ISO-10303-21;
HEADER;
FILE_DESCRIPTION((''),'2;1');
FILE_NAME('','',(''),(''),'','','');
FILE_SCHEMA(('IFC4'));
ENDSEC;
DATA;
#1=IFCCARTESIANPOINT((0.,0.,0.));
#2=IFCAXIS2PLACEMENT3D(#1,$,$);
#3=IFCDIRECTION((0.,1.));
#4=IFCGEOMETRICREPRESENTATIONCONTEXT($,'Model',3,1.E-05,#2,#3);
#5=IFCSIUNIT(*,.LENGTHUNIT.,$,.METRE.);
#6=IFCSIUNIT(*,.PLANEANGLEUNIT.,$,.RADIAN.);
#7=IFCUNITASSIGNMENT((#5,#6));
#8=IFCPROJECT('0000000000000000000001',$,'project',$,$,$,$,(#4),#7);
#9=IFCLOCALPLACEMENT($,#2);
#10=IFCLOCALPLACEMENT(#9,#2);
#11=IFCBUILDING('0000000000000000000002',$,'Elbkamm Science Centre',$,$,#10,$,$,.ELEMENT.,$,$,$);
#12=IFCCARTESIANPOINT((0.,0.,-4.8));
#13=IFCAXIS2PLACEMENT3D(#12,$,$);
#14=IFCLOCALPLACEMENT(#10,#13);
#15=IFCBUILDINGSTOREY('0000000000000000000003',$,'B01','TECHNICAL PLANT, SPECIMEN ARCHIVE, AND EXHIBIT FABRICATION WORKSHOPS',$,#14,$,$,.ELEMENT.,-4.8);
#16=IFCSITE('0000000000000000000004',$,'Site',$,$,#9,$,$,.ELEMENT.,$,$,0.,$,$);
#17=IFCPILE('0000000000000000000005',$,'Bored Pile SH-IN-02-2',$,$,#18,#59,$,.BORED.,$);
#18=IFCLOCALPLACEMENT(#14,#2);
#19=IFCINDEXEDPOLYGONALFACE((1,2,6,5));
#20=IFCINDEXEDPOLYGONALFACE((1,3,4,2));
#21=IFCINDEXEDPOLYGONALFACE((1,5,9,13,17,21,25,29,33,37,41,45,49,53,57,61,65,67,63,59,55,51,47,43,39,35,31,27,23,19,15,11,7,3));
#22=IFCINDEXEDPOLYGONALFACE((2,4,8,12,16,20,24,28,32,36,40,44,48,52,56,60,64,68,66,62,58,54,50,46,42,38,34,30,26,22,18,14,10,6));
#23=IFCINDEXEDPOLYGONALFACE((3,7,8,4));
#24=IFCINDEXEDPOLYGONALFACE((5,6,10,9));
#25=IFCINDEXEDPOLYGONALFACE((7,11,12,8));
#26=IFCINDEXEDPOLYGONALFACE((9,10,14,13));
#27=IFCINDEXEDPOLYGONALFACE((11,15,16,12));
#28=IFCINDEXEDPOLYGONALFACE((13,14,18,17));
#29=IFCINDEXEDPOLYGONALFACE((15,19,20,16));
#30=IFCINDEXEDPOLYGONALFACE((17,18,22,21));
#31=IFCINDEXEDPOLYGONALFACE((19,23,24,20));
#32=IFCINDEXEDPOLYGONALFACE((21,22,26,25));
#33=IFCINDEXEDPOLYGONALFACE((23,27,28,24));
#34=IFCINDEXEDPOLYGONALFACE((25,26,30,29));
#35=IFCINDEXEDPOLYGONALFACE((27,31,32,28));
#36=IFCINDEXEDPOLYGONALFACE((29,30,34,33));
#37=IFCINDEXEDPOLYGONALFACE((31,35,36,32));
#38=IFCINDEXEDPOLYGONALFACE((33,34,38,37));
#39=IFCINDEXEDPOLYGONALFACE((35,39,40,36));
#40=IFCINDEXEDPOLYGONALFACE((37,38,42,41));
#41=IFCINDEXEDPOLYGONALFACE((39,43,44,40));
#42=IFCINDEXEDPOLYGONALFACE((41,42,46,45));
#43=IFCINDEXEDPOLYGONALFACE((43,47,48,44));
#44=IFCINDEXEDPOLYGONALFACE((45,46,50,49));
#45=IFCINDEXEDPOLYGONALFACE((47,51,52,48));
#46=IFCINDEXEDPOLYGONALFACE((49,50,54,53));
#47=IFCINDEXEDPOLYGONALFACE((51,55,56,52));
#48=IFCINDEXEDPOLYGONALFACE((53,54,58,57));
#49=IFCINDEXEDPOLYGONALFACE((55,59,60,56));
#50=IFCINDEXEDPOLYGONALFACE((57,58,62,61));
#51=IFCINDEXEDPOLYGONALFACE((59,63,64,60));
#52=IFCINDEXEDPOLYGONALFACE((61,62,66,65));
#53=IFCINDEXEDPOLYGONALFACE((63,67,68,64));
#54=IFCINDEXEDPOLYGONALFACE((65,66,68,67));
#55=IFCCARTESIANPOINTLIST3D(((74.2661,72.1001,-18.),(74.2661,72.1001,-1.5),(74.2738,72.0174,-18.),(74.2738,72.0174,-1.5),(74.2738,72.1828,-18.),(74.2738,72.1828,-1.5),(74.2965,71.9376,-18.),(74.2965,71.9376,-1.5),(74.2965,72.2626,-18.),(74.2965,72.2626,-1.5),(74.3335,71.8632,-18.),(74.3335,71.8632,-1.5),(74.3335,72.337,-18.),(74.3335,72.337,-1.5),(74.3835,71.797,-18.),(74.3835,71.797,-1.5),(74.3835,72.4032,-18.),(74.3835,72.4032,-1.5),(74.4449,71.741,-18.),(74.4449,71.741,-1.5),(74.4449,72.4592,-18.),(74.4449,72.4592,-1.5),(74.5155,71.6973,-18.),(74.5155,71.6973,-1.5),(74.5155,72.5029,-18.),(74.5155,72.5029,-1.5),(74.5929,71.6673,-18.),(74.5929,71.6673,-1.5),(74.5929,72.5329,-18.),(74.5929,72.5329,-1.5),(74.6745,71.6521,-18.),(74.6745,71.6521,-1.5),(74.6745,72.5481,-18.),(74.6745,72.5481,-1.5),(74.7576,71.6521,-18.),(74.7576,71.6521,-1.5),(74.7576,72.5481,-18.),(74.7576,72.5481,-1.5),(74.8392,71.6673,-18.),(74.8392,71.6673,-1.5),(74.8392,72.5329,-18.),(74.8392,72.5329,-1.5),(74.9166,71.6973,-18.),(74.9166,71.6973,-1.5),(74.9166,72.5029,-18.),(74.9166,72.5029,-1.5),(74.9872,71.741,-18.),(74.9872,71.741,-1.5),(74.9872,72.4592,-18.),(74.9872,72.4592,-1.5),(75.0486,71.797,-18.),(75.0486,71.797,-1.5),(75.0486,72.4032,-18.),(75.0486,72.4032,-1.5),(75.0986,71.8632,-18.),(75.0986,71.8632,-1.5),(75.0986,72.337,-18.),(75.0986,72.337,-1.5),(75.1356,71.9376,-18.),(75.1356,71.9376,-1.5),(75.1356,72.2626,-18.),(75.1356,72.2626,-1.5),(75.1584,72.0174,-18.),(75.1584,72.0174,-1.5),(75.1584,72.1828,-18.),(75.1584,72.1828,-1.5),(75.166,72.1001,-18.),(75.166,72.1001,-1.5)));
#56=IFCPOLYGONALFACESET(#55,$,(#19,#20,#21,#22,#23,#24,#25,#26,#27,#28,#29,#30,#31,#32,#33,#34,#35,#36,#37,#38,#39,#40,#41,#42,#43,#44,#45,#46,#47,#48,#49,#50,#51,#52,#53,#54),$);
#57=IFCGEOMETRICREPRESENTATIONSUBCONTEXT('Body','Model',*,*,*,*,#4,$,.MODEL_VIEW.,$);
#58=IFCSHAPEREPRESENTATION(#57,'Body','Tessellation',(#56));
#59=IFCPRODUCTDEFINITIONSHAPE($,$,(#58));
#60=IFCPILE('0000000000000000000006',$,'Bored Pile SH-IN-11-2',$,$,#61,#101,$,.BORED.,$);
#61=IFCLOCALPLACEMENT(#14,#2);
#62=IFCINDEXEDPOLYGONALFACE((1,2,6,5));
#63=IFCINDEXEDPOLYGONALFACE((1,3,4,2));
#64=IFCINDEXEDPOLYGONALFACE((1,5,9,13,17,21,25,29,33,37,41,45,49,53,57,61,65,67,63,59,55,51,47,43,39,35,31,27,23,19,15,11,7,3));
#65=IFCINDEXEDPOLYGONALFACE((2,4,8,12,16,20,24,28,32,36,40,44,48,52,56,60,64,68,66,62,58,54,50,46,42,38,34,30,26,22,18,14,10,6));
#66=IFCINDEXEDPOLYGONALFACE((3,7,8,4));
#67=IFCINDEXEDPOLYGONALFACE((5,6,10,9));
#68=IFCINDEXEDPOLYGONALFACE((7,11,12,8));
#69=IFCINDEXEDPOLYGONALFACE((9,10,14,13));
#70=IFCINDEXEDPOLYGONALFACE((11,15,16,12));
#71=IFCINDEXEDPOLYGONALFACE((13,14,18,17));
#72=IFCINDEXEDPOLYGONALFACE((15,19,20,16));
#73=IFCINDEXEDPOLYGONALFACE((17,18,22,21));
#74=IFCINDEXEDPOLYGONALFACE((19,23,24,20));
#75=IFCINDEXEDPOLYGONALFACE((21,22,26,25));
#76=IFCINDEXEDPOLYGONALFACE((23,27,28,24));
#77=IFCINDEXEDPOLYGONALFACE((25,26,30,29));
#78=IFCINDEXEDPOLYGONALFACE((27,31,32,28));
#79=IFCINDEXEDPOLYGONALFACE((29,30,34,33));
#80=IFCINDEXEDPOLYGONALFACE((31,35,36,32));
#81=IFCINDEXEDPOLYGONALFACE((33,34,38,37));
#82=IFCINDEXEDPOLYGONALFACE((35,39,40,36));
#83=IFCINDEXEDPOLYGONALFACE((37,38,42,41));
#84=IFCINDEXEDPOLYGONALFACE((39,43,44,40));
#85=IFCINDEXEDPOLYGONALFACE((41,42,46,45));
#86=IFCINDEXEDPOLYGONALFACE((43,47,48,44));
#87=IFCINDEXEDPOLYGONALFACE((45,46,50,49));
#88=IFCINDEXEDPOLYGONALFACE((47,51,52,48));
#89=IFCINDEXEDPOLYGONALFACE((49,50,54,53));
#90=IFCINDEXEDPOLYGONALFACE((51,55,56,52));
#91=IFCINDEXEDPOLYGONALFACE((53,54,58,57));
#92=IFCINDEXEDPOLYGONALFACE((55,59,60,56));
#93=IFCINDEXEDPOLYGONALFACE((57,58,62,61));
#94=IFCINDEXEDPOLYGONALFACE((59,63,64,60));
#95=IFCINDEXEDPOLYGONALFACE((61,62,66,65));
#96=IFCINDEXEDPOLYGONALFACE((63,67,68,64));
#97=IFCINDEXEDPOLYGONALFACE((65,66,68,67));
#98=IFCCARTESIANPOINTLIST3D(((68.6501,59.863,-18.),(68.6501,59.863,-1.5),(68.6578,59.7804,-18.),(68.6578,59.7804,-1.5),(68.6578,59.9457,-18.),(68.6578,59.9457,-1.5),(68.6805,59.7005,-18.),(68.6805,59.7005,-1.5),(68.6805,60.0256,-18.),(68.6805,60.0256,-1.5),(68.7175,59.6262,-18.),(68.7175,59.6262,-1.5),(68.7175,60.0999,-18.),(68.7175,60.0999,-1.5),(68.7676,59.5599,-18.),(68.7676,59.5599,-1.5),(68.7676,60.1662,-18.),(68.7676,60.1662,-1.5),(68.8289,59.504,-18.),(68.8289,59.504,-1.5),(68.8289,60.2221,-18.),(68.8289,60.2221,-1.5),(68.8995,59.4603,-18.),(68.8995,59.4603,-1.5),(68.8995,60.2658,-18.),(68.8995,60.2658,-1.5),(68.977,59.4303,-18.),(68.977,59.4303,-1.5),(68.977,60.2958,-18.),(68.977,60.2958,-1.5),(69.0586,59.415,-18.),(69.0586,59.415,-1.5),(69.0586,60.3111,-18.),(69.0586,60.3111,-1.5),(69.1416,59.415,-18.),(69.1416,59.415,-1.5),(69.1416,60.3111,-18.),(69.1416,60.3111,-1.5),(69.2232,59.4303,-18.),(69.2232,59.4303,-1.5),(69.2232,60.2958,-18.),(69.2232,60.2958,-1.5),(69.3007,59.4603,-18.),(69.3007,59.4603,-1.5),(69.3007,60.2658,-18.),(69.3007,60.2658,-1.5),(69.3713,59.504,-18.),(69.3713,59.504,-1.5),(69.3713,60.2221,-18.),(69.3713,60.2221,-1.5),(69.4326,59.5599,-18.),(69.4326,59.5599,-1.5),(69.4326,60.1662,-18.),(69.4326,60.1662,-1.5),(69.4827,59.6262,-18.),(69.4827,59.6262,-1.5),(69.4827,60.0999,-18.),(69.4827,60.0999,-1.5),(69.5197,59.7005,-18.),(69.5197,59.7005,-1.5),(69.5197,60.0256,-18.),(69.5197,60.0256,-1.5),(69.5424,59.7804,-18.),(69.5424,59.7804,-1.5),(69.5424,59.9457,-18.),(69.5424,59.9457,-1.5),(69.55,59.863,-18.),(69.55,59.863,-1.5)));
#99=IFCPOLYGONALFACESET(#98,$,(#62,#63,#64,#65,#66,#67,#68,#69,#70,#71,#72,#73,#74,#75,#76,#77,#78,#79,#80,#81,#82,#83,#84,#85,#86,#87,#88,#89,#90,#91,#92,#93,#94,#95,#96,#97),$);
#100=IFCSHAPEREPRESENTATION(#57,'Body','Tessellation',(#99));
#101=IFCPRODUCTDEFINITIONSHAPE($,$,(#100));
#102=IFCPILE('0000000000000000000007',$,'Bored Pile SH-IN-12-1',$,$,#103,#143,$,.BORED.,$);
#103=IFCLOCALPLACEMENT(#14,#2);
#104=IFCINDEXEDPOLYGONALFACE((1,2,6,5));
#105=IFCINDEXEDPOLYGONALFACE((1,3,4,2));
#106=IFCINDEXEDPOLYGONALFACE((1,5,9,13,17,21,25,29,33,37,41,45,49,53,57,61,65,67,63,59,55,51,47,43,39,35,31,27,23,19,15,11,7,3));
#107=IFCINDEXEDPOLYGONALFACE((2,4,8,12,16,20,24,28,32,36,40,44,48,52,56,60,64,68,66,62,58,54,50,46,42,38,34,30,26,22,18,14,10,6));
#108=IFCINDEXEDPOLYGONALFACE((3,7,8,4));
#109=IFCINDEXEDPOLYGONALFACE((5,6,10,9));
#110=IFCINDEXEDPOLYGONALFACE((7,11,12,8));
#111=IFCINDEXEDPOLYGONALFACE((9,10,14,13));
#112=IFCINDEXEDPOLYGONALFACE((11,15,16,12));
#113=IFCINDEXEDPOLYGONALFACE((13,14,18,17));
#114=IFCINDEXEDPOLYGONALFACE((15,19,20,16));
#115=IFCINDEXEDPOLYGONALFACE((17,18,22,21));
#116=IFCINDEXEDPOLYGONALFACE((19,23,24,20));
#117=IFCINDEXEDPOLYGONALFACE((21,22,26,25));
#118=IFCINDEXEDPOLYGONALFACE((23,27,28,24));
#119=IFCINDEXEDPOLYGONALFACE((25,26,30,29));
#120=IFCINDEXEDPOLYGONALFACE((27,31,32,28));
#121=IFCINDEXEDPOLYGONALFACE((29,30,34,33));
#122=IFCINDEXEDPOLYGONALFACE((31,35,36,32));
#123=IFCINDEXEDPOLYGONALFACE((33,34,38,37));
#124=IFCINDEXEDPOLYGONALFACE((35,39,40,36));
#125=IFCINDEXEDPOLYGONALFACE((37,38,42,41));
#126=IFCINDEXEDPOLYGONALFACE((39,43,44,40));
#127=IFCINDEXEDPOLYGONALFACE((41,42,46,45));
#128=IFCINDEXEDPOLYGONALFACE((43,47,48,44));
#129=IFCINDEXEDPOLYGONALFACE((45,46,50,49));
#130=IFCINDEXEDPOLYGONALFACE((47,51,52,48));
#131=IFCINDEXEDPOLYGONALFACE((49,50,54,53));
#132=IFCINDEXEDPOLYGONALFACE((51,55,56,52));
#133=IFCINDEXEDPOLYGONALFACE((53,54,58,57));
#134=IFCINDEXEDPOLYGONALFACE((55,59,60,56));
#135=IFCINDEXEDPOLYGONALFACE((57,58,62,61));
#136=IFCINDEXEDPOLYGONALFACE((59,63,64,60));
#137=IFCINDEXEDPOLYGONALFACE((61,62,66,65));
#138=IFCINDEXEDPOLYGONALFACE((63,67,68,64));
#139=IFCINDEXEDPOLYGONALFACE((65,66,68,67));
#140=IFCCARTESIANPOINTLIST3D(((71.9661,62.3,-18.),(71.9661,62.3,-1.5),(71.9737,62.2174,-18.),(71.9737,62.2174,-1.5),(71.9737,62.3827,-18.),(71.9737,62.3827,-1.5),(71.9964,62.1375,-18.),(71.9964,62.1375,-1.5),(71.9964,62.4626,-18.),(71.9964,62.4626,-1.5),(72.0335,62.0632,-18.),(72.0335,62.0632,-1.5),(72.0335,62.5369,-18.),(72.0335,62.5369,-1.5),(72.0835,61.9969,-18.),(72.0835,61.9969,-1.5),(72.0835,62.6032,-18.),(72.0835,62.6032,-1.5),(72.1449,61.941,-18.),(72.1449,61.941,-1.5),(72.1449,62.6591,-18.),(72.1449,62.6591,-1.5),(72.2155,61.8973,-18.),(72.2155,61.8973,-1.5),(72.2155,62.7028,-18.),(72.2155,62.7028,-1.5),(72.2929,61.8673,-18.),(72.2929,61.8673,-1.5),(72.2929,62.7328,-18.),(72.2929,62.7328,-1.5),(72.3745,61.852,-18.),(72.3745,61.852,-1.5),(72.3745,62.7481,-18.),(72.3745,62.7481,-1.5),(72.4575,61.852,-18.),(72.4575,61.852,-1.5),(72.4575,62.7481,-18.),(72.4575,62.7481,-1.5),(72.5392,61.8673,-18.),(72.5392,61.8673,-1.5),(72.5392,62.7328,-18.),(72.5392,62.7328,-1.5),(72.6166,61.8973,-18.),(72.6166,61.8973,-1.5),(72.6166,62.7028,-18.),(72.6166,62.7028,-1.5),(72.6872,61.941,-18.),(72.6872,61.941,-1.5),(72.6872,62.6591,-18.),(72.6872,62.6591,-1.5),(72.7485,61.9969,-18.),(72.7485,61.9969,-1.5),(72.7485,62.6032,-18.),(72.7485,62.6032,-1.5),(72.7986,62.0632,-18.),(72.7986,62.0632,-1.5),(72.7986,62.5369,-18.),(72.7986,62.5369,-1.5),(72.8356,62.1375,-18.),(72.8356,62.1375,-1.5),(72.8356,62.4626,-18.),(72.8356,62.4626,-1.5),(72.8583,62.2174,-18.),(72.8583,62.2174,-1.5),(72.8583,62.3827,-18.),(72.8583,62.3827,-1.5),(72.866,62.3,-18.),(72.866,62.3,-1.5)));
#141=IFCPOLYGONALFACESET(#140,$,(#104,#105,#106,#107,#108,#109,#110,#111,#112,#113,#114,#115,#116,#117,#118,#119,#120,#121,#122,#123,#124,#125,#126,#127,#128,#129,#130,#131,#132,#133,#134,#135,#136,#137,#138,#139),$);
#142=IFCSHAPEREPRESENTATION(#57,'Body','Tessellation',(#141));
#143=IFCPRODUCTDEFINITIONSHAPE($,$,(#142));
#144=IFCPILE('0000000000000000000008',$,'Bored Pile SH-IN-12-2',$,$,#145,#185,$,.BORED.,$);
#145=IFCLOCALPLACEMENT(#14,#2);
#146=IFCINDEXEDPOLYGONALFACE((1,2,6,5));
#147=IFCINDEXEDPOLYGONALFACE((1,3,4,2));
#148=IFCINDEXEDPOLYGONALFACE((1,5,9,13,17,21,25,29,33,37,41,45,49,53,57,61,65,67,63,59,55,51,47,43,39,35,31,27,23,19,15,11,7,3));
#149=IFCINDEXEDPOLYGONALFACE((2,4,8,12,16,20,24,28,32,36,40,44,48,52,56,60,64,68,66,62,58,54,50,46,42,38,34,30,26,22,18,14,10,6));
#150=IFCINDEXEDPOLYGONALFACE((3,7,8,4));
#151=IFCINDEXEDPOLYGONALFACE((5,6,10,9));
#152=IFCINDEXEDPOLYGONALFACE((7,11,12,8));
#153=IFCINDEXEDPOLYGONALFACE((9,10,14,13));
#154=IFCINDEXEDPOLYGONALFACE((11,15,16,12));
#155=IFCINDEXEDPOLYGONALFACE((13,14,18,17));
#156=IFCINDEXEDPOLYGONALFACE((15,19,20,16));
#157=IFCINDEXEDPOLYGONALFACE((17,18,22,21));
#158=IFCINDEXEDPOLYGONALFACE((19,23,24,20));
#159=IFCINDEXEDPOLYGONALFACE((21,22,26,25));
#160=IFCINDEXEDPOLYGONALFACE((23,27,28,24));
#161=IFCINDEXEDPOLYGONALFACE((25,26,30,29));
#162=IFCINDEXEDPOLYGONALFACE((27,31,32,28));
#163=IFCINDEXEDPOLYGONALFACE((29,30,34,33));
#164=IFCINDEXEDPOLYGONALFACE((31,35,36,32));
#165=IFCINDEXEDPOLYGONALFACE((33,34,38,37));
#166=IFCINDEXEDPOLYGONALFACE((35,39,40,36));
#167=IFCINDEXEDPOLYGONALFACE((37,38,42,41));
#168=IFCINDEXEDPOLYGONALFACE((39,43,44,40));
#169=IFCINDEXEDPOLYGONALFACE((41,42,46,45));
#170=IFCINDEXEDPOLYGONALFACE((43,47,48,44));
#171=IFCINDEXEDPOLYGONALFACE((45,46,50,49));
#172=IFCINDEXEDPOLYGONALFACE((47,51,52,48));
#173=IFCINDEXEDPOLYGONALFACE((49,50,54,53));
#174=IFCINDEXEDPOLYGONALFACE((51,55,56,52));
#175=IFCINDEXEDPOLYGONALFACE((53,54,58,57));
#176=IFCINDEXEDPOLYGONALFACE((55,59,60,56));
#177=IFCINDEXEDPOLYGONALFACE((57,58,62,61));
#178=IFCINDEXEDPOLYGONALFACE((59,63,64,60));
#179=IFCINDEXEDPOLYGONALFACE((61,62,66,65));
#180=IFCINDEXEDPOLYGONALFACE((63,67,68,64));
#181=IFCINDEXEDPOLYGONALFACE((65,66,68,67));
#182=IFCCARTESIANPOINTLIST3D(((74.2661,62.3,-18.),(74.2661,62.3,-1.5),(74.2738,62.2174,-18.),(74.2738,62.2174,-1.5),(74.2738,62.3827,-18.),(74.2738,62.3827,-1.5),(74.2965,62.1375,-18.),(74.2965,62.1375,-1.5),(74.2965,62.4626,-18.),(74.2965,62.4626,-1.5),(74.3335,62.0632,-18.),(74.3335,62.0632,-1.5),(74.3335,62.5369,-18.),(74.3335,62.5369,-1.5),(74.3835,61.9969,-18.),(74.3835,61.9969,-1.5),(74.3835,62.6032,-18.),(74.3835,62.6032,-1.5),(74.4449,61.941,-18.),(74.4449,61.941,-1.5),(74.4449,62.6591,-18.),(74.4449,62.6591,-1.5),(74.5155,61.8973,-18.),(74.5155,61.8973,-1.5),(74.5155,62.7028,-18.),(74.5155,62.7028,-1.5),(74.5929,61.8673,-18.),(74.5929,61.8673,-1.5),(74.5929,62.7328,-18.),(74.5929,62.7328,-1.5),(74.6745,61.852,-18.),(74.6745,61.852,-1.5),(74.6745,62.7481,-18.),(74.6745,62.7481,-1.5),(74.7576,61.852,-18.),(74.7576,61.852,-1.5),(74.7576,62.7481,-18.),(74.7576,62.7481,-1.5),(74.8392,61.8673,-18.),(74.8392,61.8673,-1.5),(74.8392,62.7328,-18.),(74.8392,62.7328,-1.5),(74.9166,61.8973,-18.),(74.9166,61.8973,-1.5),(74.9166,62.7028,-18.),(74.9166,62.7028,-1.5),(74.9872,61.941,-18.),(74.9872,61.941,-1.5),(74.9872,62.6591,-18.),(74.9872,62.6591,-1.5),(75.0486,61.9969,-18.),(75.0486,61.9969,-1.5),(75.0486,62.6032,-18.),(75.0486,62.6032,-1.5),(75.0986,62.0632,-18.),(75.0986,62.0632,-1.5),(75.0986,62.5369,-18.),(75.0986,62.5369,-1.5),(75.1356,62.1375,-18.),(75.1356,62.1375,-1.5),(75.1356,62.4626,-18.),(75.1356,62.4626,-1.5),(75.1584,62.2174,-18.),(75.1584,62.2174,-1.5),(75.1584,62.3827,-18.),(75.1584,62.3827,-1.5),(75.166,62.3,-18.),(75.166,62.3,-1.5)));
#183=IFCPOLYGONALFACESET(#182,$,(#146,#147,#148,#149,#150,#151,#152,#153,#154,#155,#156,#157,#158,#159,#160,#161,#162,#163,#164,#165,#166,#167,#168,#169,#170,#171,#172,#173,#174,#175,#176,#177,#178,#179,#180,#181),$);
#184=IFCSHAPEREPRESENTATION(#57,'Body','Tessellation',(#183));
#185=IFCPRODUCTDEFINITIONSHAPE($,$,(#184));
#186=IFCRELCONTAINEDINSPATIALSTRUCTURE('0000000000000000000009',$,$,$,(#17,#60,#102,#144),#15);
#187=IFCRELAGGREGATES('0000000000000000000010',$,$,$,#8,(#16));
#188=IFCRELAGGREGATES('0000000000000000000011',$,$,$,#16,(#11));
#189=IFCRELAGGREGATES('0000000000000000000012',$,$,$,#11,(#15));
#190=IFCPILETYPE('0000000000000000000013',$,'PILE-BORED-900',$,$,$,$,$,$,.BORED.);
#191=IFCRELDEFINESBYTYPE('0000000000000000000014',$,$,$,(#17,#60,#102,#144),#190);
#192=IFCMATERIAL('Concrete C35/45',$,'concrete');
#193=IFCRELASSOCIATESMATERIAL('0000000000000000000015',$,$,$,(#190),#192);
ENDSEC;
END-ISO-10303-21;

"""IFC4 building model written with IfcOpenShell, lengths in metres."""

from ifc_helpers import new_model, si_unit, direction, frame, origin, origin_2d, place, context, subcontext, project, spatial, circle, extrude, material, material_profile, profile_set, type_object, element, save


model = new_model("IFC4")

# Units and contexts
model_context = context("Model", 3, precision=1e-05, world=origin(), true_north=direction((0.0, 1.0)))
body_context = subcontext(model_context, "Body", "Model", "MODEL_VIEW")
ifc_project = project(units=[si_unit("LENGTHUNIT", "METRE"), si_unit("PLANEANGLEUNIT", "RADIAN")], contexts=[model_context])

# Site, building, storey
site_placement = place(None, origin())
site = spatial("IfcSite", under=ifc_project, at=site_placement, Name="Site", CompositionType="ELEMENT", RefElevation=0.0)
building_placement = place(site_placement, origin())
building = spatial("IfcBuilding", under=site, at=building_placement, Name="Elbkamm Science Centre", CompositionType="ELEMENT")
storey_placement = place(building_placement, frame((0.0, 0.0, -4.8)))
storey = spatial("IfcBuildingStorey", under=building, at=storey_placement, Name="B01", Description="TECHNICAL PLANT, SPECIMEN ARCHIVE, AND EXHIBIT FABRICATION WORKSHOPS", CompositionType="ELEMENT", Elevation=-4.8)

# Shared definitions
ifc_material_1 = material(Name="Concrete C35/45", Category="concrete")

# Piles
ifc_material_profile_1 = material_profile(ifc_material_1, circle(Radius=0.45, at=origin_2d()), Name="PILE D900")
ifc_profile_set_1 = profile_set([ifc_material_profile_1], Name="Concrete C35/45")
pile_type = type_object("IfcPileType", Name="PILE-BORED-900", PredefinedType="BORED", material=ifc_profile_set_1)
for number, where, z_axis, x_axis, name in (
    (1, (74.7161, 72.1001, -1.5), (0.0, 0.0, -1.0), (1.0, 0.0, 0.0), "Bored Pile SH-IN-02-2"),
    (2, (69.1001, 59.863, -1.5), (0.0, 0.0, -1.0), (1.0, 0.0, 0.0), "Bored Pile SH-IN-11-2"),
    (3, (72.416, 62.3, -1.5), (0.0, 0.0, -1.0), (1.0, 0.0, 0.0), "Bored Pile SH-IN-12-1"),
    (4, (74.7161, 62.3, -1.5), (0.0, 0.0, -1.0), (1.0, 0.0, 0.0), "Bored Pile SH-IN-12-2"),
):
    element("IfcPile", number, at=place(storey_placement, frame(where, z_axis=z_axis, x_axis=x_axis)), inside=storey, type_object=pile_type, Name=name, PredefinedType="BORED", context=body_context, shape_type="SweptSolid", body=[
        extrude(circle(Radius=0.45, at=origin_2d()), origin(), (0.0, 0.0, 1.0), 16.5),
    ])

save(model, "model.ifc")
